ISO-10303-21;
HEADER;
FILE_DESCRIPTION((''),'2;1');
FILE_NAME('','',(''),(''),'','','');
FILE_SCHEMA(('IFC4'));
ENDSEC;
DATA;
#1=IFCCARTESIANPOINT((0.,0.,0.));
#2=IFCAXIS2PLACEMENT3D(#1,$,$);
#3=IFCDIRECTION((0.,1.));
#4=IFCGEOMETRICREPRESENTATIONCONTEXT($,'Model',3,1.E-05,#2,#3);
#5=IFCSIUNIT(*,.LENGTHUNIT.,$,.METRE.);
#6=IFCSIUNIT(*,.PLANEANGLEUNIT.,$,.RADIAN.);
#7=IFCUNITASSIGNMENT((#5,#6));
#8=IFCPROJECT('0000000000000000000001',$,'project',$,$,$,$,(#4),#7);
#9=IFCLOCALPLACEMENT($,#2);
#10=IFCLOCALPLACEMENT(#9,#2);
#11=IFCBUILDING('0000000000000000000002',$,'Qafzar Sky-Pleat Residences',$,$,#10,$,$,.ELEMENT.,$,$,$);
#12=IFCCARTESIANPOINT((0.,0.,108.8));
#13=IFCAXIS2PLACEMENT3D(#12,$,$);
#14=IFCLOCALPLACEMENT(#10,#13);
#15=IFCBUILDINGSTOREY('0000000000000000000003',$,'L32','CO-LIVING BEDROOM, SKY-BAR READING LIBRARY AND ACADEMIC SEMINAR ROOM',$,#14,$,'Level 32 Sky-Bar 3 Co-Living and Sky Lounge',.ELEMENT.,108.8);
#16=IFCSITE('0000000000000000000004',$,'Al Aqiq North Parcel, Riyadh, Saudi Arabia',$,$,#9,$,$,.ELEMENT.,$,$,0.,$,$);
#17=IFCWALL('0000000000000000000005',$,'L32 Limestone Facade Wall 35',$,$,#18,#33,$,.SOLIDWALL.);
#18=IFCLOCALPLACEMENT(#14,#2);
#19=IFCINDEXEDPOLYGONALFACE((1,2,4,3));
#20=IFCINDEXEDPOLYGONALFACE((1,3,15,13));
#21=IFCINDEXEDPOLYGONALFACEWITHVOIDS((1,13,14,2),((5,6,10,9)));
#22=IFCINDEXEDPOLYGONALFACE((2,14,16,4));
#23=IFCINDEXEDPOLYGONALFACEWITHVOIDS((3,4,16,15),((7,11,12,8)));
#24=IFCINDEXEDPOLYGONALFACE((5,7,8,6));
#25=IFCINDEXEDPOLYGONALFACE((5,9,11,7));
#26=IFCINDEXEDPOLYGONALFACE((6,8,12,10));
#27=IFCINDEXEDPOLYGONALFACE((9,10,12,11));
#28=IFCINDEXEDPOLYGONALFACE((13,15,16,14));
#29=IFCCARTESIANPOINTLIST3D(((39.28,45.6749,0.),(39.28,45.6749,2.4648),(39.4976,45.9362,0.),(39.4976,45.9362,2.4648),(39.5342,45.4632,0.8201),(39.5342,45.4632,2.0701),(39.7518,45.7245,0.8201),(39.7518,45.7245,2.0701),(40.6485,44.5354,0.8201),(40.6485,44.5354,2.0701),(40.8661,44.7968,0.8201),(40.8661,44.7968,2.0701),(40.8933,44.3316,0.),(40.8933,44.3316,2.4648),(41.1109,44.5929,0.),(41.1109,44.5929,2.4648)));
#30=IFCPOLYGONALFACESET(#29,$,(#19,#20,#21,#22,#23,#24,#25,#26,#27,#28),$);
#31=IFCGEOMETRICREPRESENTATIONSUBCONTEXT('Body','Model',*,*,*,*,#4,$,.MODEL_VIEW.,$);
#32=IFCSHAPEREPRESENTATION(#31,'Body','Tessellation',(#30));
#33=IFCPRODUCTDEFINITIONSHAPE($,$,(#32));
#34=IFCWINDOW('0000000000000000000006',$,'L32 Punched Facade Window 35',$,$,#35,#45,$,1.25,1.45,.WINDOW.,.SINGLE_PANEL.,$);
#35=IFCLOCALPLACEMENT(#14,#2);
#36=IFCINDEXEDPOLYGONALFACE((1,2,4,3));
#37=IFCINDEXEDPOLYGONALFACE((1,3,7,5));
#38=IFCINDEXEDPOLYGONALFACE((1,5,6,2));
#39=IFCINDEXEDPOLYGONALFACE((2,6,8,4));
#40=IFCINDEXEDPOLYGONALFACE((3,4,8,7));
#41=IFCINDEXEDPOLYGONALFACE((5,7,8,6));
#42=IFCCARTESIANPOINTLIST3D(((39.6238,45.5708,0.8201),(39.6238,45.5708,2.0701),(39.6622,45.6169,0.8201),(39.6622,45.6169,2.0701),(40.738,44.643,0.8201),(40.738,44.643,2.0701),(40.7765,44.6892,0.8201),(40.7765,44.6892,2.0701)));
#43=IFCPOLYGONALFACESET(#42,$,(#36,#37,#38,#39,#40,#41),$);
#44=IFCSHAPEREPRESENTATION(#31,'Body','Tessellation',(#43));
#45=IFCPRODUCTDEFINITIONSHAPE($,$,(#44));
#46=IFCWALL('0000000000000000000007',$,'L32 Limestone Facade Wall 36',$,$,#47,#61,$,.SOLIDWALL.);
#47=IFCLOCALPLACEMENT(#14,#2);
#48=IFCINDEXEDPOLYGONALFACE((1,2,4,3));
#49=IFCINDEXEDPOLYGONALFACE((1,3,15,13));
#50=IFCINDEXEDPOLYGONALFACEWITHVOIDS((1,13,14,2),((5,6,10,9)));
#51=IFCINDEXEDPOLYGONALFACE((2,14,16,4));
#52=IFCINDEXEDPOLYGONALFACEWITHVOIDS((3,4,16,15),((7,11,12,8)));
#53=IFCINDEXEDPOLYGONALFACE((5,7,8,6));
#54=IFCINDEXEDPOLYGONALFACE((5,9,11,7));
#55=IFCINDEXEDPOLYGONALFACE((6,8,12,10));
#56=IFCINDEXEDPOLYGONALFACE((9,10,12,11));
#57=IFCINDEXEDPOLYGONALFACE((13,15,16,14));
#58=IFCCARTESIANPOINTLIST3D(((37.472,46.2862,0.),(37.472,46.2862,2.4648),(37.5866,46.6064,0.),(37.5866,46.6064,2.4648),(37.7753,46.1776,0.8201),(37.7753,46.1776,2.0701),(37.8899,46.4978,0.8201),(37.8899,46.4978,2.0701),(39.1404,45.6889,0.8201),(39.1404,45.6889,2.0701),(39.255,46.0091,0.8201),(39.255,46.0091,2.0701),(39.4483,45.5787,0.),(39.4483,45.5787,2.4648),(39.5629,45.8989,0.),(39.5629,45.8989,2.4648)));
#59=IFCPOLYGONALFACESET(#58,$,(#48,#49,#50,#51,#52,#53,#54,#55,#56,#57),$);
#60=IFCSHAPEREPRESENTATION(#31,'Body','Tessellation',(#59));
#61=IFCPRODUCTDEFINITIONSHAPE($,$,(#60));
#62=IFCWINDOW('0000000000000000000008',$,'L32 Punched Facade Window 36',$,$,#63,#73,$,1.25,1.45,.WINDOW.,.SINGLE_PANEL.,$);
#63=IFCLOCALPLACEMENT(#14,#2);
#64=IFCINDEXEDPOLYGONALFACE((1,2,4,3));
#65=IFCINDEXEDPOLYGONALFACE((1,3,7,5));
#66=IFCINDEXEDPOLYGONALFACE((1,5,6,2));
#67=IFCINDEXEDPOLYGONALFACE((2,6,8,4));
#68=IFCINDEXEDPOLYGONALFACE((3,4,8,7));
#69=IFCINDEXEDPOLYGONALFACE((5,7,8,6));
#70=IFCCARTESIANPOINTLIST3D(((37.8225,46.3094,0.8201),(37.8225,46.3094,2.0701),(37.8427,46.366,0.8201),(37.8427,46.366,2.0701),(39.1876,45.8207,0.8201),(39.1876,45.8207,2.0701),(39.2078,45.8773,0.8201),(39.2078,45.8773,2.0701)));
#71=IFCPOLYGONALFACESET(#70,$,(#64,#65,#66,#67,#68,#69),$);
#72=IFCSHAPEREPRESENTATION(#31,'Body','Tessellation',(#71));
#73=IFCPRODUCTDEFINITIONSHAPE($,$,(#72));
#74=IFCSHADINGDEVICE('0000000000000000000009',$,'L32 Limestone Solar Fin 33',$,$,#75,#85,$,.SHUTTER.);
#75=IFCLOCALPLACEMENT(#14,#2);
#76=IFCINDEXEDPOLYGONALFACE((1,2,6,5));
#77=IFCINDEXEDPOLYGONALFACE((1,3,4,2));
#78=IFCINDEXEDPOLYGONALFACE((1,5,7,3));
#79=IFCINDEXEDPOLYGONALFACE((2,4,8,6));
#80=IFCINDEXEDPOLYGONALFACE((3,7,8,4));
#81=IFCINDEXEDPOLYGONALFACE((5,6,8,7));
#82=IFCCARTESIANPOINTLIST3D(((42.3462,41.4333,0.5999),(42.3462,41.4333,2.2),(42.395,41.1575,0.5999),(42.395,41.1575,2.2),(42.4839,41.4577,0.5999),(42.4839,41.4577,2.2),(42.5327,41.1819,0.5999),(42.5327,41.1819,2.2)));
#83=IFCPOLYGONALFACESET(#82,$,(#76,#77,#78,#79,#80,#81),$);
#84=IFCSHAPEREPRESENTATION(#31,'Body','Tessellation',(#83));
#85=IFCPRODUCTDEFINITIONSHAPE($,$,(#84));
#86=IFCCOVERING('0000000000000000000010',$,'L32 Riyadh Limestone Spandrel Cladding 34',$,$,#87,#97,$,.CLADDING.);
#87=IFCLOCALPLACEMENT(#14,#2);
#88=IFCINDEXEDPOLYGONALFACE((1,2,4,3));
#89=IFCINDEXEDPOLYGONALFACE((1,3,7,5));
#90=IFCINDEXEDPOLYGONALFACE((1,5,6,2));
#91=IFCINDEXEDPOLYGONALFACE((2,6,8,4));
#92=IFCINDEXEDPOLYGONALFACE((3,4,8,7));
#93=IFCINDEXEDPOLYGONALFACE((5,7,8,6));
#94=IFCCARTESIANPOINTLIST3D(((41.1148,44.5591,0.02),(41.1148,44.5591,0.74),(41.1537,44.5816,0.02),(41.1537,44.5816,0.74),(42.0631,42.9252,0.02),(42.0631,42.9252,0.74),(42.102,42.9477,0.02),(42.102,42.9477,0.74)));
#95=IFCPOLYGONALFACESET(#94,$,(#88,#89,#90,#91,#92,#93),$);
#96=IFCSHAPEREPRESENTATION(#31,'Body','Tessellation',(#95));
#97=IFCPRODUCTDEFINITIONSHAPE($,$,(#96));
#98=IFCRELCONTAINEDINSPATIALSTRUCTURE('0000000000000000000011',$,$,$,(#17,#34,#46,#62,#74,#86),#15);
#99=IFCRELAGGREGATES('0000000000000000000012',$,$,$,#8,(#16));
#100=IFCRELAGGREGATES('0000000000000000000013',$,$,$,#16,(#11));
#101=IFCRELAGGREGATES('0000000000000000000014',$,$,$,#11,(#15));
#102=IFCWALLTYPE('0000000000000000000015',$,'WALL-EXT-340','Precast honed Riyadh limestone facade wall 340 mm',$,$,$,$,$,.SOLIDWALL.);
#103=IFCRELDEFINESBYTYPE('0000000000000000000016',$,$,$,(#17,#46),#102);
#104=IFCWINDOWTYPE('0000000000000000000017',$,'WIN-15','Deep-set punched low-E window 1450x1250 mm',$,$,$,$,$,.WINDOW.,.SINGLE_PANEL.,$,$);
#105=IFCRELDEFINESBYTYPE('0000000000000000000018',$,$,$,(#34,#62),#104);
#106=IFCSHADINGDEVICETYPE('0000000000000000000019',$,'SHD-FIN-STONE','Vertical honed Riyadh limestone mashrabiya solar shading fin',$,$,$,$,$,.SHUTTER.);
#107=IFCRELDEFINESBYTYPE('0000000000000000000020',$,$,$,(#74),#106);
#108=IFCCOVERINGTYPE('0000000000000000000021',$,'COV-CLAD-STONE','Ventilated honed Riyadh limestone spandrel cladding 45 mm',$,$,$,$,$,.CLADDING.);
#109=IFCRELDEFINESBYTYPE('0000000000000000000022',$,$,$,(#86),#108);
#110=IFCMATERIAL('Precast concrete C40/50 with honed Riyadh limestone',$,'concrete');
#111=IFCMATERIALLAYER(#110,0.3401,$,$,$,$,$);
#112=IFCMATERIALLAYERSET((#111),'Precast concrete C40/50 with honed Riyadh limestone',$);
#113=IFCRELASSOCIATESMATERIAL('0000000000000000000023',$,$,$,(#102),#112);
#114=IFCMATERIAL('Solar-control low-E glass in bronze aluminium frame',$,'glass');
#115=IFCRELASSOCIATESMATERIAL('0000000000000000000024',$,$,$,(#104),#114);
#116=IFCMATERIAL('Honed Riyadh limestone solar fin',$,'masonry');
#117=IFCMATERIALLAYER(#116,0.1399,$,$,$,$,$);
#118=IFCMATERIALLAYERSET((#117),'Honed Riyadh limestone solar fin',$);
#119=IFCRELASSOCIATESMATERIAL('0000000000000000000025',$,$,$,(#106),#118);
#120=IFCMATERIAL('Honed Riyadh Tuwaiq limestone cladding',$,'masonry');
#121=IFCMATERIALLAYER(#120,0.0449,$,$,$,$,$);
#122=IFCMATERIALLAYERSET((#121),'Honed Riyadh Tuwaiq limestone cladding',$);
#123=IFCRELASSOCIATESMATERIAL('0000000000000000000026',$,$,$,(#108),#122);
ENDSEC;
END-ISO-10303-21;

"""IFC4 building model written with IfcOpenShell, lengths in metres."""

from ifc_helpers import new_model, si_unit, direction, frame, frame_2d, origin, origin_2d, place, context, subcontext, project, spatial, rectangle, extrude, source, transform, mapped, material, layer, layer_set, type_object, element, fill, save


model = new_model("IFC4")

# Units and contexts
model_context = context("Model", 3, precision=1e-05, world=origin(), true_north=direction((0.0, 1.0)))
body_context = subcontext(model_context, "Body", "Model", "MODEL_VIEW")
ifc_project = project(units=[si_unit("LENGTHUNIT", "METRE"), si_unit("PLANEANGLEUNIT", "RADIAN")], contexts=[model_context])

# Site, building, storey
site_placement = place(None, origin())
site = spatial("IfcSite", under=ifc_project, at=site_placement, Name="Al Aqiq North Parcel, Riyadh, Saudi Arabia", CompositionType="ELEMENT", RefElevation=0.0)
building_placement = place(site_placement, origin())
building = spatial("IfcBuilding", under=site, at=building_placement, Name="Qafzar Sky-Pleat Residences", CompositionType="ELEMENT")
storey_placement = place(building_placement, frame((0.0, 0.0, 108.8)))
storey = spatial("IfcBuildingStorey", under=building, at=storey_placement, Name="L32", Description="CO-LIVING BEDROOM, SKY-BAR READING LIBRARY AND ACADEMIC SEMINAR ROOM", LongName="Level 32 Sky-Bar 3 Co-Living and Sky Lounge", CompositionType="ELEMENT", Elevation=108.8)

# Walls, openings, windows
ifc_material_1 = material(Name="Precast concrete C40/50 with honed Riyadh limestone", Category="concrete")
ifc_layer_1 = layer(ifc_material_1, 0.3401)
ifc_layer_set_1 = layer_set([ifc_layer_1], Name="Precast concrete C40/50 with honed Riyadh limestone")
wall_type_1 = type_object("IfcWallType", Name="WALL-EXT-340", Description="Precast honed Riyadh limestone facade wall 340 mm", PredefinedType="SOLIDWALL", material=ifc_layer_set_1)
ifc_material_2 = material(Name="Solar-control low-E glass in bronze aluminium frame", Category="glass")
window_type_1 = type_object("IfcWindowType", Name="WIN-15", Description="Deep-set punched low-E window 1450x1250 mm", PartitioningType="SINGLE_PANEL", PredefinedType="WINDOW", material=ifc_material_2)
shared_shape_1 = source(origin(), body_context, "Body", "SweptSolid", [
    extrude(rectangle(XDim=1.45, YDim=1.25, at=frame_2d((0.7251, 0.625))), frame((0.0, 0.03, 0.0), z_axis=(0.0, -1.0, 0.0), x_axis=(1.0, 0.0, 0.0)), (0.0, 0.0, 1.0), 0.0601),
])
wall_1_placement = place(storey_placement, frame((41.0022, 44.4622, 0.0), z_axis=(0.0, 0.0, 1.0), x_axis=(-0.768488, 0.639864, 0.0)))
wall_1 = element("IfcWall", 1, at=wall_1_placement, inside=storey, type_object=wall_type_1, Name="L32 Limestone Facade Wall 35", PredefinedType="SOLIDWALL", context=body_context, shape_type="SweptSolid", body=[
    extrude(rectangle(XDim=2.0994, YDim=0.3401, at=frame_2d((1.0498, 0.0))), origin(), (0.0, 0.0, 1.0), 2.4648),
])
opening_1_placement = place(wall_1_placement, frame((0.3186, 0.0, 0.8201)))
opening_1 = element("IfcOpeningElement", 2, at=opening_1_placement, cuts=wall_1, PredefinedType="OPENING", context=body_context, shape_type="SweptSolid", body=[
    extrude(rectangle(XDim=1.45, YDim=1.25, at=frame_2d((0.7251, 0.625))), frame((0.0, 0.1802, 0.0), z_axis=(0.0, -1.0, 0.0), x_axis=(1.0, 0.0, 0.0)), (0.0, 0.0, 1.0), 0.3601),
])
window_1_placement = place(opening_1_placement, origin())
window_1 = element("IfcWindow", 3, at=window_1_placement, inside=storey, type_object=window_type_1, Name="L32 Punched Facade Window 35", OverallHeight=1.25, OverallWidth=1.45, PartitioningType="SINGLE_PANEL", PredefinedType="WINDOW", context=body_context, shape_type="MappedRepresentation", body=[
    mapped(shared_shape_1, transform((0.0, 0.0, 0.0), x_axis=(1.0, 0.0, 0.0), y_axis=(0.0, 1.0, 0.0), z_axis=(0.0, 0.0, 1.0), scale=1.0)),
])
fill(opening_1, window_1)
wall_2_placement = place(storey_placement, frame((39.5056, 45.7388, 0.0), z_axis=(0.0, 0.0, 1.0), x_axis=(-0.941486, 0.337051, 0.0)))
wall_2 = element("IfcWall", 4, at=wall_2_placement, inside=storey, type_object=wall_type_1, Name="L32 Limestone Facade Wall 36", PredefinedType="SOLIDWALL", context=body_context, shape_type="SweptSolid", body=[
    extrude(rectangle(XDim=2.0991, YDim=0.3401, at=frame_2d((1.0496, 0.0))), origin(), (0.0, 0.0, 1.0), 2.4648),
])
opening_2_placement = place(wall_2_placement, frame((0.3269, 0.0, 0.8201)))
opening_2 = element("IfcOpeningElement", 5, at=opening_2_placement, cuts=wall_2, PredefinedType="OPENING", context=body_context, shape_type="SweptSolid", body=[
    extrude(rectangle(XDim=1.45, YDim=1.25, at=frame_2d((0.7251, 0.625))), frame((0.0, 0.1802, 0.0), z_axis=(0.0, -1.0, 0.0), x_axis=(1.0, 0.0, 0.0)), (0.0, 0.0, 1.0), 0.3601),
])
window_2_placement = place(opening_2_placement, origin())
window_2 = element("IfcWindow", 6, at=window_2_placement, inside=storey, type_object=window_type_1, Name="L32 Punched Facade Window 36", OverallHeight=1.25, OverallWidth=1.45, PartitioningType="SINGLE_PANEL", PredefinedType="WINDOW", context=body_context, shape_type="MappedRepresentation", body=[
    mapped(shared_shape_1, transform((0.0, 0.0, 0.0), x_axis=(1.0, 0.0, 0.0), y_axis=(0.0, 1.0, 0.0), z_axis=(0.0, 0.0, 1.0), scale=1.0)),
])
fill(opening_2, window_2)

# Shading device
ifc_material_3 = material(Name="Honed Riyadh limestone solar fin", Category="masonry")
ifc_layer_2 = layer(ifc_material_3, 0.1399)
ifc_layer_set_2 = layer_set([ifc_layer_2], Name="Honed Riyadh limestone solar fin")
shading_device_type = type_object("IfcShadingDeviceType", Name="SHD-FIN-STONE", Description="Vertical honed Riyadh limestone mashrabiya solar shading fin", PredefinedType="SHUTTER", material=ifc_layer_set_2)
shared_shape_2 = source(origin(), body_context, "Body", "SweptSolid", [
    extrude(rectangle(XDim=0.1399, YDim=0.28, at=origin_2d()), origin(), (0.0, 0.0, 1.0), 1.6001),
])
shading_device_placement = place(storey_placement, frame((42.4395, 41.3076, 0.5999), z_axis=(0.0, 0.0, 1.0), x_axis=(0.984676, 0.174394, 0.0)))
element("IfcShadingDevice", 7, at=shading_device_placement, inside=storey, type_object=shading_device_type, Name="L32 Limestone Solar Fin 33", PredefinedType="SHUTTER", context=body_context, shape_type="MappedRepresentation", body=[
    mapped(shared_shape_2, transform((0.0, 0.0, 0.0), x_axis=(1.0, 0.0, 0.0), y_axis=(0.0, 1.0, 0.0), z_axis=(0.0, 0.0, 1.0), scale=1.0)),
])

# Covering
ifc_material_4 = material(Name="Honed Riyadh Tuwaiq limestone cladding", Category="masonry")
ifc_layer_3 = layer(ifc_material_4, 0.0449)
ifc_layer_set_3 = layer_set([ifc_layer_3], Name="Honed Riyadh Tuwaiq limestone cladding")
covering_type = type_object("IfcCoveringType", Name="COV-CLAD-STONE", Description="Ventilated honed Riyadh limestone spandrel cladding 45 mm", PredefinedType="CLADDING", material=ifc_layer_set_3)
shared_shape_3 = source(origin(), body_context, "Body", "SweptSolid", [
    extrude(rectangle(XDim=1.8892, YDim=0.0449, at=origin_2d()), origin(), (0.0, 0.0, 1.0), 0.72),
])
covering_placement = place(storey_placement, frame((41.6084, 43.7534, 0.02), z_axis=(0.0, 0.0, 1.0), x_axis=(-0.501977, 0.864881, 0.0)))
element("IfcCovering", 8, at=covering_placement, inside=storey, type_object=covering_type, Name="L32 Riyadh Limestone Spandrel Cladding 34", PredefinedType="CLADDING", context=body_context, shape_type="MappedRepresentation", body=[
    mapped(shared_shape_3, transform((0.0, 0.0, 0.0), x_axis=(1.0, 0.0, 0.0), y_axis=(0.0, 1.0, 0.0), z_axis=(0.0, 0.0, 1.0), scale=1.0)),
])

save(model, "model.ifc")
